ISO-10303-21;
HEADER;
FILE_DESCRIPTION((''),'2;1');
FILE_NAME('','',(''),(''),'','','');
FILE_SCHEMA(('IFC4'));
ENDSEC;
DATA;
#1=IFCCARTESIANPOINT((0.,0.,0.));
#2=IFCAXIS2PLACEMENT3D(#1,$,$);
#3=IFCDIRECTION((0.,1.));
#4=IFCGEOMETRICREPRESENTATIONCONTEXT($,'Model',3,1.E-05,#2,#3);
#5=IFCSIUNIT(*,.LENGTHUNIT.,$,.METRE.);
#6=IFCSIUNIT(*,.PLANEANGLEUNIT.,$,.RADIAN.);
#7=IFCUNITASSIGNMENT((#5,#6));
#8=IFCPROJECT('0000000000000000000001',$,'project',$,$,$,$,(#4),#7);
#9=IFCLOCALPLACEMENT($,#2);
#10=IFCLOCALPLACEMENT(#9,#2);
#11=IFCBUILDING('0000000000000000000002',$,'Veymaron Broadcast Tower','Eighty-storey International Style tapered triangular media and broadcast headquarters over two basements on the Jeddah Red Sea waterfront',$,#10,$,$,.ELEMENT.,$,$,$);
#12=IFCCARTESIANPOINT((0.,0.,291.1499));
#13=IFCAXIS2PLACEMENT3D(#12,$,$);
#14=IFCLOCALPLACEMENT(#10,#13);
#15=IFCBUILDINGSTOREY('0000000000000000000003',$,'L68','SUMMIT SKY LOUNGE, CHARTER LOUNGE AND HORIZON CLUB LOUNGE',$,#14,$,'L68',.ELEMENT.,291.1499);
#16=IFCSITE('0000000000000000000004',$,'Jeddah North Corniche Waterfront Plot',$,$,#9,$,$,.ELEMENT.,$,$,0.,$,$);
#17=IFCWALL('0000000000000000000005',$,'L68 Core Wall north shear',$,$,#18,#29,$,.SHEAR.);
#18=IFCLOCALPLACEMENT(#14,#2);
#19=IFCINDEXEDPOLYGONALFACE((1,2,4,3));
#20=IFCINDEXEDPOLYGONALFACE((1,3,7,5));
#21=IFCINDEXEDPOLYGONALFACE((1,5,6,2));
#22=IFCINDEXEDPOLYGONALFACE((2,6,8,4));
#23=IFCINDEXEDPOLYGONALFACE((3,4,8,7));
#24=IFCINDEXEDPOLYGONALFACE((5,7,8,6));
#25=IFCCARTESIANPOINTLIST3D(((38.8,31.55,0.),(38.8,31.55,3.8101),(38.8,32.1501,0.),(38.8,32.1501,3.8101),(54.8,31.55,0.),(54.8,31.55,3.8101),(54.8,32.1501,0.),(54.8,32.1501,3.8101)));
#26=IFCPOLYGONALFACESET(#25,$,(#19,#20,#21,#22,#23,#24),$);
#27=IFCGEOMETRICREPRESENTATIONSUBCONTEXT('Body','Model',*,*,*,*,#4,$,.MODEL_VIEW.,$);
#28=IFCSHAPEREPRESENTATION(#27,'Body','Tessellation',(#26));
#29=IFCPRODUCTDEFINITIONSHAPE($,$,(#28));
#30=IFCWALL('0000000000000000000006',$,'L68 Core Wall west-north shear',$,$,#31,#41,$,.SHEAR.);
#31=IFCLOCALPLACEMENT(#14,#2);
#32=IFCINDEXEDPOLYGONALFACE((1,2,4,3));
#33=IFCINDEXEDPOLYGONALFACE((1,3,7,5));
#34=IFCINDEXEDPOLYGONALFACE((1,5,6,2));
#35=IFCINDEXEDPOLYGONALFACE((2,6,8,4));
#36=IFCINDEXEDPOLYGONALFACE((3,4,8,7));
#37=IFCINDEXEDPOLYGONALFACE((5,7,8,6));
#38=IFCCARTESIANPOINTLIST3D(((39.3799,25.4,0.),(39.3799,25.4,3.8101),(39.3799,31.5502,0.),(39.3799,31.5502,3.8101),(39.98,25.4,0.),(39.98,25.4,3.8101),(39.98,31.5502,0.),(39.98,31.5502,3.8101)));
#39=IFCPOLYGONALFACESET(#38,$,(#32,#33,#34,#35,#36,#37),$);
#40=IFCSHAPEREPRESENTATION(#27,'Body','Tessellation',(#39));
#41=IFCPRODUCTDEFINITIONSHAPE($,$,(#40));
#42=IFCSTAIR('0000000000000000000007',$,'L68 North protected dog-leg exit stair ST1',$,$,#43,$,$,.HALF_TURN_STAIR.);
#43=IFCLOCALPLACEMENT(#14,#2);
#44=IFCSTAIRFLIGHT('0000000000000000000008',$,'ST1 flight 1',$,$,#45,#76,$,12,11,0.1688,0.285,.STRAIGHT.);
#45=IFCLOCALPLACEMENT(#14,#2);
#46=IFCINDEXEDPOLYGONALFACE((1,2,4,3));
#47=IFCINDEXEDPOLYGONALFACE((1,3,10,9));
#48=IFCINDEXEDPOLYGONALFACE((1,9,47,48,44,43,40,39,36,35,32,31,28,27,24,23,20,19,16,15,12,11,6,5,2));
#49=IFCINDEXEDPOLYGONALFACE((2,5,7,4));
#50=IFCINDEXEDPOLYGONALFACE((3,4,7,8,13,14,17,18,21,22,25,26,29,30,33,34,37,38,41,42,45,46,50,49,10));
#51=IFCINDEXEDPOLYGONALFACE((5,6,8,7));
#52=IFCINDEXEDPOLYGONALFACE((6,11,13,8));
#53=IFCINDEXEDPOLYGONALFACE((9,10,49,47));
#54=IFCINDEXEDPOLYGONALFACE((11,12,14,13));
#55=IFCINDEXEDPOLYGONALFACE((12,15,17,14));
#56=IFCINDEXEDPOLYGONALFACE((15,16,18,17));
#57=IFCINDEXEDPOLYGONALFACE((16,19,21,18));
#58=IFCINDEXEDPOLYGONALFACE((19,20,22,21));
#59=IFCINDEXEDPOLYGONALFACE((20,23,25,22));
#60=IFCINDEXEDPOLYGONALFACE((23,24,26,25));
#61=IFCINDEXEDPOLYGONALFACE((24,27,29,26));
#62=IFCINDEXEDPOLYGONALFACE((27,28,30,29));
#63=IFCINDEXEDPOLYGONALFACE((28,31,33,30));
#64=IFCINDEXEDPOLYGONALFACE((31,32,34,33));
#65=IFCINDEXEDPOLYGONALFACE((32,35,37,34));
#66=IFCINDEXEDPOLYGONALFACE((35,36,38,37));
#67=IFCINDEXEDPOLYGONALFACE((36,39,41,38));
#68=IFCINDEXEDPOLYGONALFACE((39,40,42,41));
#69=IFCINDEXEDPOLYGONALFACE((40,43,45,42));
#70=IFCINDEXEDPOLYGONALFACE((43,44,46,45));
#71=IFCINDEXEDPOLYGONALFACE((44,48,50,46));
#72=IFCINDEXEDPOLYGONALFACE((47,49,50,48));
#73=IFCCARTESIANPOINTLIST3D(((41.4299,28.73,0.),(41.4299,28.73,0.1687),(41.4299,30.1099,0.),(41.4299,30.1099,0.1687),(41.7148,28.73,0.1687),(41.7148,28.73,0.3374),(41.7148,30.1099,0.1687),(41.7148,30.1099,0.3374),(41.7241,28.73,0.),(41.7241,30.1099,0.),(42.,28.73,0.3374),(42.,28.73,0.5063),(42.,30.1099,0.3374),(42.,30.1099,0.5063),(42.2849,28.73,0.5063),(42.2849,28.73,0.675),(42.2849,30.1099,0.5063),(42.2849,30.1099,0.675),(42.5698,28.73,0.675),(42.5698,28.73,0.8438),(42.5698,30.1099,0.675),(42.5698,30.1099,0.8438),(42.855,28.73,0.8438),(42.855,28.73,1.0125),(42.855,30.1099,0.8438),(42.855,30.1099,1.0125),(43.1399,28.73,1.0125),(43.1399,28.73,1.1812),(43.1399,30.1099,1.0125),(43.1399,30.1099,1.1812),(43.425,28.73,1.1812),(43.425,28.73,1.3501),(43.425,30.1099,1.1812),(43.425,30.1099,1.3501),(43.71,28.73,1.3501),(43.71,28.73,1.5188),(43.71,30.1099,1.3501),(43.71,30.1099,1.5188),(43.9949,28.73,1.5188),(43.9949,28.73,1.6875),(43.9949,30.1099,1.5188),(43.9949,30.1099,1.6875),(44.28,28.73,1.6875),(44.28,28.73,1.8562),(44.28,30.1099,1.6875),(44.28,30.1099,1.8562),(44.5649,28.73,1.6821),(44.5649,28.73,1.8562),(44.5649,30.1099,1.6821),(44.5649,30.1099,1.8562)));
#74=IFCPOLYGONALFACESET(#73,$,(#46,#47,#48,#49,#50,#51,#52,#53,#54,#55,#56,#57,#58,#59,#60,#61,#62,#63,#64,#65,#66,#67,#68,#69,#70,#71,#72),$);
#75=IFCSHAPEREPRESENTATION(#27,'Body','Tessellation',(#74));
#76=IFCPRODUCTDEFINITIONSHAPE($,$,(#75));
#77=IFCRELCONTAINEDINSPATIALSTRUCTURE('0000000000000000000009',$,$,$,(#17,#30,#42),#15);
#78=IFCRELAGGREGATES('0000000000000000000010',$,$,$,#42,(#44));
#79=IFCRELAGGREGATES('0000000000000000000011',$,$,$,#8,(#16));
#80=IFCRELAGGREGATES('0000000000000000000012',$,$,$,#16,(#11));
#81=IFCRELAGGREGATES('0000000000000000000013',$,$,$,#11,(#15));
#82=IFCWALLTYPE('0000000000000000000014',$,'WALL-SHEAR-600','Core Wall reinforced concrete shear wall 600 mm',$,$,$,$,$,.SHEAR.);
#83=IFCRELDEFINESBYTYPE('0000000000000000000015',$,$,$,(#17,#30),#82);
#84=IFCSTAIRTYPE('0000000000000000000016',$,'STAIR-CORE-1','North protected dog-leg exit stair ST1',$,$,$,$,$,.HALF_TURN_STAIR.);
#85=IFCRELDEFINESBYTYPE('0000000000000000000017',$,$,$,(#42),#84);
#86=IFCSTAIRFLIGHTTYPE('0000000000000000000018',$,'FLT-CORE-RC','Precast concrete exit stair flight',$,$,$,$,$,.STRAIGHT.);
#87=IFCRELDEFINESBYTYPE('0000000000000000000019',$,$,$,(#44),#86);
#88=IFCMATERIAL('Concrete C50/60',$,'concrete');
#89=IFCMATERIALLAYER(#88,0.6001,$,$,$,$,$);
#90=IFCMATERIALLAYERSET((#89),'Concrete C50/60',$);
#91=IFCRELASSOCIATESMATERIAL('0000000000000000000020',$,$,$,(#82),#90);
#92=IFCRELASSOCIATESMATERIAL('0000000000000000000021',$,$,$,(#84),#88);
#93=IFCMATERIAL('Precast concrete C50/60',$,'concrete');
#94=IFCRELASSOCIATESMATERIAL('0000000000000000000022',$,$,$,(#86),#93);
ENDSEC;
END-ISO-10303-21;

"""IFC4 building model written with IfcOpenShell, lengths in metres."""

from ifc_helpers import new_model, si_unit, direction, frame, frame_2d, origin, place, context, subcontext, project, spatial, polyline, rectangle, outline, extrude, material, layer, layer_set, type_object, element, aggregate, save


model = new_model("IFC4")

# Units and contexts
model_context = context("Model", 3, precision=1e-05, world=origin(), true_north=direction((0.0, 1.0)))
body_context = subcontext(model_context, "Body", "Model", "MODEL_VIEW")
ifc_project = project(units=[si_unit("LENGTHUNIT", "METRE"), si_unit("PLANEANGLEUNIT", "RADIAN")], contexts=[model_context])

# Site, building, storey
site_placement = place(None, origin())
site = spatial("IfcSite", under=ifc_project, at=site_placement, Name="Jeddah North Corniche Waterfront Plot", CompositionType="ELEMENT", RefElevation=0.0)
building_placement = place(site_placement, origin())
building = spatial("IfcBuilding", under=site, at=building_placement, Name="Veymaron Broadcast Tower", Description="Eighty-storey International Style tapered triangular media and broadcast headquarters over two basements on the Jeddah Red Sea waterfront", CompositionType="ELEMENT")
storey_placement = place(building_placement, frame((0.0, 0.0, 291.1499)))
storey = spatial("IfcBuildingStorey", under=building, at=storey_placement, Name="L68", Description="SUMMIT SKY LOUNGE, CHARTER LOUNGE AND HORIZON CLUB LOUNGE", LongName="L68", CompositionType="ELEMENT", Elevation=291.1499)

# Shared definitions
ifc_material_1 = material(Name="Concrete C50/60", Category="concrete")

# Walls
ifc_layer_1 = layer(ifc_material_1, 0.6001)
ifc_layer_set_1 = layer_set([ifc_layer_1], Name="Concrete C50/60")
wall_type_1 = type_object("IfcWallType", Name="WALL-SHEAR-600", Description="Core Wall reinforced concrete shear wall 600 mm", PredefinedType="SHEAR", material=ifc_layer_set_1)
wall_1_placement = place(storey_placement, frame((38.8, 31.8501, 0.0), z_axis=(0.0, 0.0, 1.0), x_axis=(1.0, 0.0, 0.0)))
element("IfcWall", 1, at=wall_1_placement, inside=storey, type_object=wall_type_1, Name="L68 Core Wall north shear", PredefinedType="SHEAR", context=body_context, shape_type="SweptSolid", body=[
    extrude(rectangle(XDim=16.0, YDim=0.6001, at=frame_2d((8.0, 0.0))), origin(), (0.0, 0.0, 1.0), 3.8101),
])
wall_2_placement = place(storey_placement, frame((39.6799, 25.3999, 0.0), z_axis=(0.0, 0.0, 1.0), x_axis=(0.0, 1.0, 0.0)))
element("IfcWall", 2, at=wall_2_placement, inside=storey, type_object=wall_type_1, Name="L68 Core Wall west-north shear", PredefinedType="SHEAR", context=body_context, shape_type="SweptSolid", body=[
    extrude(rectangle(XDim=6.1501, YDim=0.6001, at=frame_2d((3.0752, 0.0))), origin(), (0.0, 0.0, 1.0), 3.8101),
])

# Stair, stair flight
stair_type = type_object("IfcStairType", Name="STAIR-CORE-1", Description="North protected dog-leg exit stair ST1", PredefinedType="HALF_TURN_STAIR", material=ifc_material_1)
stair_placement = place(storey_placement, origin())
stair = element("IfcStair", 3, at=stair_placement, inside=storey, type_object=stair_type, Name="L68 North protected dog-leg exit stair ST1", PredefinedType="HALF_TURN_STAIR")
ifc_material_2 = material(Name="Precast concrete C50/60", Category="concrete")
stair_flight_type = type_object("IfcStairFlightType", Name="FLT-CORE-RC", Description="Precast concrete exit stair flight", PredefinedType="STRAIGHT", material=ifc_material_2)
stair_flight_placement = place(storey_placement, frame((41.4299, 29.4199, 0.0), z_axis=(0.0, 0.0, 1.0), x_axis=(1.0, 0.0, 0.0)))
stair_flight = element("IfcStairFlight", 4, at=stair_flight_placement, type_object=stair_flight_type, Name="ST1 flight 1", NumberOfRisers=12, NumberOfTreads=11, PredefinedType="STRAIGHT", RiserHeight=0.1688, TreadLength=0.285, context=body_context, shape_type="SweptSolid", body=[
    extrude(outline(polyline([(0.0, 0.0), (0.0, 0.1687), (0.2849, 0.1687), (0.2849, 0.3374), (0.5701, 0.3374), (0.5701, 0.5063), (0.855, 0.5063), (0.855, 0.675), (1.1399, 0.675), (1.1399, 0.8438), (1.425, 0.8438), (1.425, 1.0125), (1.71, 1.0125), (1.71, 1.1812), (1.9951, 1.1812), (1.9951, 1.3501), (2.28, 1.3501), (2.28, 1.5188), (2.5649, 1.5188), (2.5649, 1.6875), (2.8501, 1.6875), (2.8501, 1.8562), (3.135, 1.8562), (3.135, 2.0249), (3.135, 1.6821), (0.2942, 0.0), (0.0, 0.0)])), frame((0.0, 0.6899, 0.0), z_axis=(0.0, -1.0, 0.0), x_axis=(1.0, 0.0, 0.0)), (0.0, 0.0, 1.0), 1.3799),
])
aggregate(stair, [stair_flight])

save(model, "model.ifc")
